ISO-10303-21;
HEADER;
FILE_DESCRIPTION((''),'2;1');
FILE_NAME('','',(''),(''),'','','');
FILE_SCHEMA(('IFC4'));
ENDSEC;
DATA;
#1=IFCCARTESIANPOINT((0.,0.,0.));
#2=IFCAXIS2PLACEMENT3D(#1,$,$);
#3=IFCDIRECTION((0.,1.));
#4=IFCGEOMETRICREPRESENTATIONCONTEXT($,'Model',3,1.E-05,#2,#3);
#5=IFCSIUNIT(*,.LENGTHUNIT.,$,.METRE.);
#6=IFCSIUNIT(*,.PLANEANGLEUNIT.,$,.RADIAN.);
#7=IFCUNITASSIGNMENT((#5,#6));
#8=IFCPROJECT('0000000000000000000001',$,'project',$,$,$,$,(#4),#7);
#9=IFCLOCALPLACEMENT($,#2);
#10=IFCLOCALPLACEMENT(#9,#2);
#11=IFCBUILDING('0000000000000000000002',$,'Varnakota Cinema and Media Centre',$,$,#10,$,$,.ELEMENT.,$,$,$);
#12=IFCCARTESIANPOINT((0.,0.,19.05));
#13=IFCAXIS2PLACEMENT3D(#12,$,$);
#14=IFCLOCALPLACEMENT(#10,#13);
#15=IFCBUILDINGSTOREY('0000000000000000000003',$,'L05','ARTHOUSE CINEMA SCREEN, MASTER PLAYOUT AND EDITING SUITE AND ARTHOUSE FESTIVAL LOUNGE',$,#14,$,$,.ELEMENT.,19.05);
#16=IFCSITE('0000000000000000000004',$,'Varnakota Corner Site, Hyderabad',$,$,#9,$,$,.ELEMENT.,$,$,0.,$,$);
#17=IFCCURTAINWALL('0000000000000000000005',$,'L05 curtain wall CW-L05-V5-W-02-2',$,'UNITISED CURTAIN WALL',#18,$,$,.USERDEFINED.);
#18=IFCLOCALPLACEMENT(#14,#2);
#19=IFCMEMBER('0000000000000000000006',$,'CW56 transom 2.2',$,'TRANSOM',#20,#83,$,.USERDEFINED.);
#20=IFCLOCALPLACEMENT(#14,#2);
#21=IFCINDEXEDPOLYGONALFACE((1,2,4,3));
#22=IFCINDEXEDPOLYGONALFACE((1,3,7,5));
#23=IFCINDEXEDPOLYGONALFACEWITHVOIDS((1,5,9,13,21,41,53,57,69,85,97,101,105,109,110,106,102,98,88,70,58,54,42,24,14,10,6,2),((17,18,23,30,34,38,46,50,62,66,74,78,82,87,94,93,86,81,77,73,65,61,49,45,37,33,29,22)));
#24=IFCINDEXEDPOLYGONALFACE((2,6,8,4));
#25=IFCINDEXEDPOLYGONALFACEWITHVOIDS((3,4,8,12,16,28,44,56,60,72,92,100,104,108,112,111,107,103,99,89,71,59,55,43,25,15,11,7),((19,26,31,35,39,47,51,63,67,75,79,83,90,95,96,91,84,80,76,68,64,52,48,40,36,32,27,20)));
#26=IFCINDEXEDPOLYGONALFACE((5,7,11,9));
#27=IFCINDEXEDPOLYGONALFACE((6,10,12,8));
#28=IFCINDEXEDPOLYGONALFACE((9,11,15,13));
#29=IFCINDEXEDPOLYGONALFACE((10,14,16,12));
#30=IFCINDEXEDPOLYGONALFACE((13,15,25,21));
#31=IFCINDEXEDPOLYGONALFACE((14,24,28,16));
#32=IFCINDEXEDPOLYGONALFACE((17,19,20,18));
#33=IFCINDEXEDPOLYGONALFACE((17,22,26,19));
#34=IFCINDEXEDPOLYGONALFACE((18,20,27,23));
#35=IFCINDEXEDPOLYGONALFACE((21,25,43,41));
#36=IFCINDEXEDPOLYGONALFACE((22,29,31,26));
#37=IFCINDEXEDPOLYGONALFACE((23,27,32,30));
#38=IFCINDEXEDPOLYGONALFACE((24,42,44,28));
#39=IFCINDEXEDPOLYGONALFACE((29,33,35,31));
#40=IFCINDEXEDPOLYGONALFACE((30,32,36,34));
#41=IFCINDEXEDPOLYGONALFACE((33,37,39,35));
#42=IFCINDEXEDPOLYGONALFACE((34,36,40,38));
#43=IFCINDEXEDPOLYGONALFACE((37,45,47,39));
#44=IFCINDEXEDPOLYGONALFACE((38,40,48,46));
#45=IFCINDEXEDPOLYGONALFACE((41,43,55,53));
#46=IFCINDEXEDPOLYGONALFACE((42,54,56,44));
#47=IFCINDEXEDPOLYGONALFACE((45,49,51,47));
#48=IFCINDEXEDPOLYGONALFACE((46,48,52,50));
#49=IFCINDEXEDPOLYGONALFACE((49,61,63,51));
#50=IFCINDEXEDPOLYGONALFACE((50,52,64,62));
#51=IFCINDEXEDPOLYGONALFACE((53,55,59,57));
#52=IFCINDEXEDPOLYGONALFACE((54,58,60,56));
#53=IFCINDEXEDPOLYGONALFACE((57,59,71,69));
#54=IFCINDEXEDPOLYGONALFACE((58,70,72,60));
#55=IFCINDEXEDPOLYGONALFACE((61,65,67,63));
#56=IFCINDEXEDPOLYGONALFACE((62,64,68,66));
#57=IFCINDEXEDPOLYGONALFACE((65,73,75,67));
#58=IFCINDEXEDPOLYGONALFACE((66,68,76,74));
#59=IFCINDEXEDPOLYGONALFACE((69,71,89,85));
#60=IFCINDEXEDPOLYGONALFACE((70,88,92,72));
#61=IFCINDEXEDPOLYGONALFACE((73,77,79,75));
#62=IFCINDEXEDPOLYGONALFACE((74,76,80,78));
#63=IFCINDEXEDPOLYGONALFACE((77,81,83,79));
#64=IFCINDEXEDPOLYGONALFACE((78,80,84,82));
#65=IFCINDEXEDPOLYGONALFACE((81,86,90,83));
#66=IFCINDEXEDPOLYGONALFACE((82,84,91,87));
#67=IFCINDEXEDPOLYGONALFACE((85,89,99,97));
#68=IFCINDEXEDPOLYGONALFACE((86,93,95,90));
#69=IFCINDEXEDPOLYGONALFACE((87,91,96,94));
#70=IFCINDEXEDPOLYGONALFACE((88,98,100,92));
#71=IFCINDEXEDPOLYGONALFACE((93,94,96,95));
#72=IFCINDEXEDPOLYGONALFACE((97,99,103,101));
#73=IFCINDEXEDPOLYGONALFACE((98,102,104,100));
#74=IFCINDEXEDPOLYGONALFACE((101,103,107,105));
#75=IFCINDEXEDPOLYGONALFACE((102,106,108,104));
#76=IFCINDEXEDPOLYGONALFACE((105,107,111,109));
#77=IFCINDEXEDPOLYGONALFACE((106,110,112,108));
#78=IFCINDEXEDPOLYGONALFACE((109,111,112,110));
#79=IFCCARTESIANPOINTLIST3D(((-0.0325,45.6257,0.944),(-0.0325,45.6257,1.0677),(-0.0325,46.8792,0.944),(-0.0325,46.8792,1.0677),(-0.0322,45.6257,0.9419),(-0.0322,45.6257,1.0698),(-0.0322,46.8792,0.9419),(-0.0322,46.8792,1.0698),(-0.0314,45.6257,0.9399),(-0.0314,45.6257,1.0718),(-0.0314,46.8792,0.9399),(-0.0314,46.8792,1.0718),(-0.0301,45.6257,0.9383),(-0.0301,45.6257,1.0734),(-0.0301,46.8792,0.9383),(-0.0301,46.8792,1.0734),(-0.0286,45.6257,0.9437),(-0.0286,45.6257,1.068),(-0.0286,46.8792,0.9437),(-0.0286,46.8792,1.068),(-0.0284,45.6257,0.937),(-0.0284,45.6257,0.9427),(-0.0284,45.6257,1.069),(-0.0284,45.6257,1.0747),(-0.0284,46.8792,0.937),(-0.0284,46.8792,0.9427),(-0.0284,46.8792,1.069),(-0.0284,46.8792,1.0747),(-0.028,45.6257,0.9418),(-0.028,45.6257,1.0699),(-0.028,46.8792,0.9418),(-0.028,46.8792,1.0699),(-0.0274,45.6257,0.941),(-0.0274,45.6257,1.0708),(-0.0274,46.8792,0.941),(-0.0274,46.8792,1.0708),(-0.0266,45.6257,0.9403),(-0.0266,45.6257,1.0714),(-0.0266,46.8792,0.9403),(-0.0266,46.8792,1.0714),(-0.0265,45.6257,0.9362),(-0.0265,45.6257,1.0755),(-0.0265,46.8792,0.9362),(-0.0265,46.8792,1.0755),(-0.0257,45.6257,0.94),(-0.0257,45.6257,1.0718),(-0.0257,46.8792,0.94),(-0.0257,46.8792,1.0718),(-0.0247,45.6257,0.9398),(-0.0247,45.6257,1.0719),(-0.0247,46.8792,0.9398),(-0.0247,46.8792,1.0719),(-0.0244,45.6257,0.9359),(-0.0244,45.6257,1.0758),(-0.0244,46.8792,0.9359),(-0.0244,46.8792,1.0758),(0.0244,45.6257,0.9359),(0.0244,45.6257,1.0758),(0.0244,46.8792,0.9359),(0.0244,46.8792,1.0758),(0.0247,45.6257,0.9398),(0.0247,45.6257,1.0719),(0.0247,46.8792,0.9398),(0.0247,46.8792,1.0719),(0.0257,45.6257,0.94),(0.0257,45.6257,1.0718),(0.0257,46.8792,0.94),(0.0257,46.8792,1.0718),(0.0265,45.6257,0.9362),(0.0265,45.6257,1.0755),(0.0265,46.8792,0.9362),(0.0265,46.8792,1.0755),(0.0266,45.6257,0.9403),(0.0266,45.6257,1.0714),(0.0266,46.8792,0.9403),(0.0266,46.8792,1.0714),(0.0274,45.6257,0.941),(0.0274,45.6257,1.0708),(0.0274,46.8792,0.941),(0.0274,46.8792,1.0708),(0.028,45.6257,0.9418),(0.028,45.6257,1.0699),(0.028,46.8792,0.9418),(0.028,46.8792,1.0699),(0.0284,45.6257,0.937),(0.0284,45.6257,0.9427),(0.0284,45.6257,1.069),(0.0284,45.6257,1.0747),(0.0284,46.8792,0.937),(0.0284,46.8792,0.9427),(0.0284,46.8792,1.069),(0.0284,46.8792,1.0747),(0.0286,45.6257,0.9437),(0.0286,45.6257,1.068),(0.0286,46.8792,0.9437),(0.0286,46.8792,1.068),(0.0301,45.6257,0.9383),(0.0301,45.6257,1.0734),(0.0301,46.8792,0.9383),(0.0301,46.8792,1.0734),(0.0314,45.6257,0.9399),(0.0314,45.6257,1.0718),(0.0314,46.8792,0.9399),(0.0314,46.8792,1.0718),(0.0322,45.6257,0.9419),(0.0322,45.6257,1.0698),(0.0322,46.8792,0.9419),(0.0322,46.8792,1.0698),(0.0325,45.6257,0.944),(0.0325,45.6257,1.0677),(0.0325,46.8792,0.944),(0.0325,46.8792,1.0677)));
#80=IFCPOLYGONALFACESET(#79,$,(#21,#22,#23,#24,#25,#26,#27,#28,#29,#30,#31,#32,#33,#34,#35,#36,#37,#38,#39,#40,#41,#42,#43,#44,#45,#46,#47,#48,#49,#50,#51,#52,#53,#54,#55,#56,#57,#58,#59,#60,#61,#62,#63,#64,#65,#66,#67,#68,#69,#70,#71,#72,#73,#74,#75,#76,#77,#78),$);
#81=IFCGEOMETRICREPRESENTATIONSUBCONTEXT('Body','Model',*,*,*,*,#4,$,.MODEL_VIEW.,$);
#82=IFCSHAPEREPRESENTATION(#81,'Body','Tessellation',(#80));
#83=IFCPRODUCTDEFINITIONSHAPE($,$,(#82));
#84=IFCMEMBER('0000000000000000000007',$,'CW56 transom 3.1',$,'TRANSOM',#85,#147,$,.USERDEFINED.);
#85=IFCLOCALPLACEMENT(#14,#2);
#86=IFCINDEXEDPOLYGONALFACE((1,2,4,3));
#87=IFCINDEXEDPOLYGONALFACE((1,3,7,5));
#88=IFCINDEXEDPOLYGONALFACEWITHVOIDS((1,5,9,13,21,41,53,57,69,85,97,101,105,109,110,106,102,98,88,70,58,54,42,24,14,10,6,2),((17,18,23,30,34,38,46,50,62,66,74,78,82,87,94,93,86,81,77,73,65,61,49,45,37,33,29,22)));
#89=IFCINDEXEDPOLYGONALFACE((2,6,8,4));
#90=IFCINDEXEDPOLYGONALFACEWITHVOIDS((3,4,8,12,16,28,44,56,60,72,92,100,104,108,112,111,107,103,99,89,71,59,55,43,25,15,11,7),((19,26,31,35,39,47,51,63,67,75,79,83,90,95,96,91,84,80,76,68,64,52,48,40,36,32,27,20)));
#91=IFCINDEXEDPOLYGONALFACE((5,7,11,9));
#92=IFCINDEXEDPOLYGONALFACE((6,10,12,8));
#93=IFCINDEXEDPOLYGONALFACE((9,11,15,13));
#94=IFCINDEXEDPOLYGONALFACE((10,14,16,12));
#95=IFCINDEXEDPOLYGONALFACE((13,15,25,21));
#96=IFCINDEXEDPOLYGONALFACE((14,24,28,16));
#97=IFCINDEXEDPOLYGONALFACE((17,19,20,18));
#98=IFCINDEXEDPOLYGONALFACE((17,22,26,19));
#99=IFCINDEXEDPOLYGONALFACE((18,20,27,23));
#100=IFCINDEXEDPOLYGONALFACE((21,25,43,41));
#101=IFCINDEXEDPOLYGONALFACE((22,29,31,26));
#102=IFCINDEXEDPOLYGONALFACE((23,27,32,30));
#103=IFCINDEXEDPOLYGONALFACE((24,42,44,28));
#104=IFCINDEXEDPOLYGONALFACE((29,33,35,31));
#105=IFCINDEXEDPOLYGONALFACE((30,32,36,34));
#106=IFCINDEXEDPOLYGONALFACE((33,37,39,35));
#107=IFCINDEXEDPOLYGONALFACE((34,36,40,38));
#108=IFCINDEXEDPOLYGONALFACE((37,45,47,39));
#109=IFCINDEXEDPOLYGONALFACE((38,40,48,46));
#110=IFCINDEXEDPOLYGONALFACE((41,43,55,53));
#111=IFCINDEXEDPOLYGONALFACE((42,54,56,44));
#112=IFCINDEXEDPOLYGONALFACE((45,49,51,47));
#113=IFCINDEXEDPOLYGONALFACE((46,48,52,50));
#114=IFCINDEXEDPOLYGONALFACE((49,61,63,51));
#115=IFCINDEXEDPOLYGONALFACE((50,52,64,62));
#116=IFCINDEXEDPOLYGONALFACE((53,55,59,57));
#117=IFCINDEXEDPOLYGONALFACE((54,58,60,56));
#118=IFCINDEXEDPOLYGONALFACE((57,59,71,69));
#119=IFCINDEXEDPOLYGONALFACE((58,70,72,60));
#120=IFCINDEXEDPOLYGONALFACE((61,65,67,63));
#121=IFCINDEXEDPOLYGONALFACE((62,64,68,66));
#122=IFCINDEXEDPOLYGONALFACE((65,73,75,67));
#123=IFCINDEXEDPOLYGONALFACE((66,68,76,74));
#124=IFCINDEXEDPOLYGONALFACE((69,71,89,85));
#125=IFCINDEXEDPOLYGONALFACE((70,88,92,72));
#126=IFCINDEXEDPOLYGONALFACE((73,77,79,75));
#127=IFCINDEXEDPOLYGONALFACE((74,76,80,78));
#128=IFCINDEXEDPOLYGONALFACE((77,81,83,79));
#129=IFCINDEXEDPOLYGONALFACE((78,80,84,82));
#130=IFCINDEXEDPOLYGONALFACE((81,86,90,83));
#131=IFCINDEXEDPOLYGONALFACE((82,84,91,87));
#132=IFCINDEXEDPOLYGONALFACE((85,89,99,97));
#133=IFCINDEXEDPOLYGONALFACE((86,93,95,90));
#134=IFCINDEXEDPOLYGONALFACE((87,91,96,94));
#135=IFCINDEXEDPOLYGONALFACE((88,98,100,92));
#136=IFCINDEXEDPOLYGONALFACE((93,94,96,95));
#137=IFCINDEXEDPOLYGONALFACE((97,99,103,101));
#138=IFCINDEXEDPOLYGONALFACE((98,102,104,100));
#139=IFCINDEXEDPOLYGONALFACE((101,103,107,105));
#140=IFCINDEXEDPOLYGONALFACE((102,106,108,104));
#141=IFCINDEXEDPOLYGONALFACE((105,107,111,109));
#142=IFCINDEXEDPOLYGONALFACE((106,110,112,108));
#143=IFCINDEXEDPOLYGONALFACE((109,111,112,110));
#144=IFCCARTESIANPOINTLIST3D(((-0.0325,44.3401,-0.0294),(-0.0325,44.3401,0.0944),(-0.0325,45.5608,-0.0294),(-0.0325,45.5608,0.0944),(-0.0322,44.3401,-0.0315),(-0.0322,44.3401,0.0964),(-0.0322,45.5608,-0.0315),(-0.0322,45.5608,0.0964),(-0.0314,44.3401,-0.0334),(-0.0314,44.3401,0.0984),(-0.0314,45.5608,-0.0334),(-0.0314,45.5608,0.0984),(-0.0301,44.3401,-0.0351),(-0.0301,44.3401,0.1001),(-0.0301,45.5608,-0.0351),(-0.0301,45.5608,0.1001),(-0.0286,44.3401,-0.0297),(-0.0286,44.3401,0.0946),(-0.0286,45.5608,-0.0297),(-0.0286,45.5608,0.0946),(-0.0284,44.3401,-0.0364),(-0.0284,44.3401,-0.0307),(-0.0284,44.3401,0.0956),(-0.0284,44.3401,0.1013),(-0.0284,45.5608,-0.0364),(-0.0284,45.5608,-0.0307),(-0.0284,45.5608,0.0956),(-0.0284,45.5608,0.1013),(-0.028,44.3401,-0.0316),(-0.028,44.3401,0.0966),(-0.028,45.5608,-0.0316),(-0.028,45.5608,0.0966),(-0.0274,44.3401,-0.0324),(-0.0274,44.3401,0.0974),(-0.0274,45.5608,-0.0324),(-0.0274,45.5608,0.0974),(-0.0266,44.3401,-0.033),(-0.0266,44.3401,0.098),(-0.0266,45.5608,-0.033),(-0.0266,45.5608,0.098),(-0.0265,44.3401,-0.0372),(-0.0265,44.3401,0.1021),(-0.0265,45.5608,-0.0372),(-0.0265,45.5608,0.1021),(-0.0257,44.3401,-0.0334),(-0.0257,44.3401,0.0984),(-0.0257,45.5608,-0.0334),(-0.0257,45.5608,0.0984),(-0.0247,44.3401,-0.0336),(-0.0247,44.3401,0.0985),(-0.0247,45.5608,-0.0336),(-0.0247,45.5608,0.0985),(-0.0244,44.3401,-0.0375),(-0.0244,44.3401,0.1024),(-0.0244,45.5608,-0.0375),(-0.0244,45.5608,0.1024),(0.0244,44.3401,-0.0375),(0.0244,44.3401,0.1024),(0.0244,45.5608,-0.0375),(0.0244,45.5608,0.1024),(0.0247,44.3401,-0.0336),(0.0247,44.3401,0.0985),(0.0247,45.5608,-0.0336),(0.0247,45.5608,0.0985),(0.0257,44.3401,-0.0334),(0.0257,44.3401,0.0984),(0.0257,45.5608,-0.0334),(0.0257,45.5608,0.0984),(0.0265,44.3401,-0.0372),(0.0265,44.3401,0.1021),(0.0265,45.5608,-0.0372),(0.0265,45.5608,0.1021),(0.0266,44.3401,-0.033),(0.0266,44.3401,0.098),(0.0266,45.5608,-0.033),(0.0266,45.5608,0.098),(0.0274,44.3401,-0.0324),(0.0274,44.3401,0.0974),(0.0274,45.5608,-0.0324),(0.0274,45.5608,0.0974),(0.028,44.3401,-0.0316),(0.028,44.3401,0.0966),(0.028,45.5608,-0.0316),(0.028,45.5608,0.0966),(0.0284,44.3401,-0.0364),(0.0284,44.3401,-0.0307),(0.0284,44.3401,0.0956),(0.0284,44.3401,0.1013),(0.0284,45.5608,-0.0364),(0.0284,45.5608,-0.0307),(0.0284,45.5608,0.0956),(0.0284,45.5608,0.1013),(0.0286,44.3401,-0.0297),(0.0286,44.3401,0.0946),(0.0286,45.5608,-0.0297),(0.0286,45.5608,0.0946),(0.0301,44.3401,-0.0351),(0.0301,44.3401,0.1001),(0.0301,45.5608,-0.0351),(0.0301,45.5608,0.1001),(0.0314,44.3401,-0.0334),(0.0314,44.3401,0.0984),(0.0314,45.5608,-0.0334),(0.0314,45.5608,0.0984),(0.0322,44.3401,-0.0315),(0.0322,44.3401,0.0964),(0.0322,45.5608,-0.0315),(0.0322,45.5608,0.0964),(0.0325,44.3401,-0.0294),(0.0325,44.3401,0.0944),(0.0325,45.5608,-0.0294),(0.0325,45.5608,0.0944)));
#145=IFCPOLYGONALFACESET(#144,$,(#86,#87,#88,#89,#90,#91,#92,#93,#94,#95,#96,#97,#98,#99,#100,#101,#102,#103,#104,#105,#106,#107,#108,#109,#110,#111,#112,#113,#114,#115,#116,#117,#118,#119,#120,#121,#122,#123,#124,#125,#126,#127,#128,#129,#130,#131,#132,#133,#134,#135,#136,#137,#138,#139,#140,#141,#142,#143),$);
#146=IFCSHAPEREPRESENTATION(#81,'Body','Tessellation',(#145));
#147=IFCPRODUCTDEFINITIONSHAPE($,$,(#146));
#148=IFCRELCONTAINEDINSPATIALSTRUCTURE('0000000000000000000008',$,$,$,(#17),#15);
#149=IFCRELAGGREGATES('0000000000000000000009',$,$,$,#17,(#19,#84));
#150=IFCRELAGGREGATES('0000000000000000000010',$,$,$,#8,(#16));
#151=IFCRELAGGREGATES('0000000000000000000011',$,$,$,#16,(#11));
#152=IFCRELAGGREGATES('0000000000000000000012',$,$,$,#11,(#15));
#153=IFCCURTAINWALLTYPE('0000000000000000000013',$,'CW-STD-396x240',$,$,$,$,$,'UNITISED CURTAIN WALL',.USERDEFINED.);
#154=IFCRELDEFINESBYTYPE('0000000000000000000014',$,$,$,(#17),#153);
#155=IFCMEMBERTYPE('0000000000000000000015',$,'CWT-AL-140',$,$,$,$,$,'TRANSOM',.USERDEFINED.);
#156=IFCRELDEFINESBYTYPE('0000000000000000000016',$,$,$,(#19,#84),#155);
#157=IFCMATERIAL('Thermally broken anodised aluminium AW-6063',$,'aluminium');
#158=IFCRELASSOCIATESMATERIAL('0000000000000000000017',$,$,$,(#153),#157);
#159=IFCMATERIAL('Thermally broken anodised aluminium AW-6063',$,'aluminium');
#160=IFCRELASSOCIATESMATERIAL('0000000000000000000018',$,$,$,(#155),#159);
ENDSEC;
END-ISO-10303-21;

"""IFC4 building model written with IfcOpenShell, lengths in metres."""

from ifc_helpers import new_model, si_unit, direction, frame, origin, origin_2d, place, context, subcontext, project, spatial, hollow_rectangle, extrude, material, material_profile, profile_set, type_object, element, aggregate, save


model = new_model("IFC4")

# Units and contexts
model_context = context("Model", 3, precision=1e-05, world=origin(), true_north=direction((0.0, 1.0)))
body_context = subcontext(model_context, "Body", "Model", "MODEL_VIEW")
ifc_project = project(units=[si_unit("LENGTHUNIT", "METRE"), si_unit("PLANEANGLEUNIT", "RADIAN")], contexts=[model_context])

# Site, building, storey
site_placement = place(None, origin())
site = spatial("IfcSite", under=ifc_project, at=site_placement, Name="Varnakota Corner Site, Hyderabad", CompositionType="ELEMENT", RefElevation=0.0)
building_placement = place(site_placement, origin())
building = spatial("IfcBuilding", under=site, at=building_placement, Name="Varnakota Cinema and Media Centre", CompositionType="ELEMENT")
storey_placement = place(building_placement, frame((0.0, 0.0, 19.05)))
storey = spatial("IfcBuildingStorey", under=building, at=storey_placement, Name="L05", Description="ARTHOUSE CINEMA SCREEN, MASTER PLAYOUT AND EDITING SUITE AND ARTHOUSE FESTIVAL LOUNGE", CompositionType="ELEMENT", Elevation=19.05)

# Curtain wall
ifc_material_1 = material(Name="Thermally broken anodised aluminium AW-6063", Category="aluminium")
curtain_wall_type_1 = type_object("IfcCurtainWallType", Name="CW-STD-396x240", ElementType="UNITISED CURTAIN WALL", PredefinedType="USERDEFINED", material=ifc_material_1)
curtain_wall_1_placement = place(storey_placement, origin())
curtain_wall_1 = element("IfcCurtainWall", 1, at=curtain_wall_1_placement, inside=storey, type_object=curtain_wall_type_1, Name="L05 curtain wall CW-L05-V5-W-02-2", ObjectType="UNITISED CURTAIN WALL", PredefinedType="USERDEFINED")

# Members
ifc_material_2 = material(Name="Thermally broken anodised aluminium AW-6063", Category="aluminium")
ifc_material_profile_1 = material_profile(ifc_material_2, hollow_rectangle(XDim=0.0649, YDim=0.1399, WallThickness=0.0039, InnerFilletRadius=0.0039, OuterFilletRadius=0.0081, at=origin_2d()), Name="AL-TRANSOM 140x65x4")
ifc_profile_set_1 = profile_set([ifc_material_profile_1], Name="Thermally broken anodised aluminium AW-6063")
member_type_1 = type_object("IfcMemberType", Name="CWT-AL-140", ElementType="TRANSOM", PredefinedType="USERDEFINED", material=ifc_profile_set_1)
member_1_placement = place(storey_placement, frame((0.0, 46.8792, 1.0059), z_axis=(0.0, -1.0, 0.0), x_axis=(1.0, 0.0, 0.0)))
member_1 = element("IfcMember", 2, at=member_1_placement, type_object=member_type_1, Name="CW56 transom 2.2", ObjectType="TRANSOM", PredefinedType="USERDEFINED", context=body_context, shape_type="SweptSolid", body=[
    extrude(hollow_rectangle(XDim=0.0649, YDim=0.1399, WallThickness=0.0039, InnerFilletRadius=0.0039, OuterFilletRadius=0.0081, at=origin_2d()), origin(), (0.0, 0.0, 1.0), 1.2534),
])
member_2_placement = place(storey_placement, frame((0.0, 45.5608, 0.0325), z_axis=(0.0, -1.0, 0.0), x_axis=(1.0, 0.0, 0.0)))
member_2 = element("IfcMember", 3, at=member_2_placement, type_object=member_type_1, Name="CW56 transom 3.1", ObjectType="TRANSOM", PredefinedType="USERDEFINED", context=body_context, shape_type="SweptSolid", body=[
    extrude(hollow_rectangle(XDim=0.0649, YDim=0.1399, WallThickness=0.0039, InnerFilletRadius=0.0039, OuterFilletRadius=0.0081, at=origin_2d()), origin(), (0.0, 0.0, 1.0), 1.2207),
])

aggregate(curtain_wall_1, [member_1, member_2])

save(model, "model.ifc")
